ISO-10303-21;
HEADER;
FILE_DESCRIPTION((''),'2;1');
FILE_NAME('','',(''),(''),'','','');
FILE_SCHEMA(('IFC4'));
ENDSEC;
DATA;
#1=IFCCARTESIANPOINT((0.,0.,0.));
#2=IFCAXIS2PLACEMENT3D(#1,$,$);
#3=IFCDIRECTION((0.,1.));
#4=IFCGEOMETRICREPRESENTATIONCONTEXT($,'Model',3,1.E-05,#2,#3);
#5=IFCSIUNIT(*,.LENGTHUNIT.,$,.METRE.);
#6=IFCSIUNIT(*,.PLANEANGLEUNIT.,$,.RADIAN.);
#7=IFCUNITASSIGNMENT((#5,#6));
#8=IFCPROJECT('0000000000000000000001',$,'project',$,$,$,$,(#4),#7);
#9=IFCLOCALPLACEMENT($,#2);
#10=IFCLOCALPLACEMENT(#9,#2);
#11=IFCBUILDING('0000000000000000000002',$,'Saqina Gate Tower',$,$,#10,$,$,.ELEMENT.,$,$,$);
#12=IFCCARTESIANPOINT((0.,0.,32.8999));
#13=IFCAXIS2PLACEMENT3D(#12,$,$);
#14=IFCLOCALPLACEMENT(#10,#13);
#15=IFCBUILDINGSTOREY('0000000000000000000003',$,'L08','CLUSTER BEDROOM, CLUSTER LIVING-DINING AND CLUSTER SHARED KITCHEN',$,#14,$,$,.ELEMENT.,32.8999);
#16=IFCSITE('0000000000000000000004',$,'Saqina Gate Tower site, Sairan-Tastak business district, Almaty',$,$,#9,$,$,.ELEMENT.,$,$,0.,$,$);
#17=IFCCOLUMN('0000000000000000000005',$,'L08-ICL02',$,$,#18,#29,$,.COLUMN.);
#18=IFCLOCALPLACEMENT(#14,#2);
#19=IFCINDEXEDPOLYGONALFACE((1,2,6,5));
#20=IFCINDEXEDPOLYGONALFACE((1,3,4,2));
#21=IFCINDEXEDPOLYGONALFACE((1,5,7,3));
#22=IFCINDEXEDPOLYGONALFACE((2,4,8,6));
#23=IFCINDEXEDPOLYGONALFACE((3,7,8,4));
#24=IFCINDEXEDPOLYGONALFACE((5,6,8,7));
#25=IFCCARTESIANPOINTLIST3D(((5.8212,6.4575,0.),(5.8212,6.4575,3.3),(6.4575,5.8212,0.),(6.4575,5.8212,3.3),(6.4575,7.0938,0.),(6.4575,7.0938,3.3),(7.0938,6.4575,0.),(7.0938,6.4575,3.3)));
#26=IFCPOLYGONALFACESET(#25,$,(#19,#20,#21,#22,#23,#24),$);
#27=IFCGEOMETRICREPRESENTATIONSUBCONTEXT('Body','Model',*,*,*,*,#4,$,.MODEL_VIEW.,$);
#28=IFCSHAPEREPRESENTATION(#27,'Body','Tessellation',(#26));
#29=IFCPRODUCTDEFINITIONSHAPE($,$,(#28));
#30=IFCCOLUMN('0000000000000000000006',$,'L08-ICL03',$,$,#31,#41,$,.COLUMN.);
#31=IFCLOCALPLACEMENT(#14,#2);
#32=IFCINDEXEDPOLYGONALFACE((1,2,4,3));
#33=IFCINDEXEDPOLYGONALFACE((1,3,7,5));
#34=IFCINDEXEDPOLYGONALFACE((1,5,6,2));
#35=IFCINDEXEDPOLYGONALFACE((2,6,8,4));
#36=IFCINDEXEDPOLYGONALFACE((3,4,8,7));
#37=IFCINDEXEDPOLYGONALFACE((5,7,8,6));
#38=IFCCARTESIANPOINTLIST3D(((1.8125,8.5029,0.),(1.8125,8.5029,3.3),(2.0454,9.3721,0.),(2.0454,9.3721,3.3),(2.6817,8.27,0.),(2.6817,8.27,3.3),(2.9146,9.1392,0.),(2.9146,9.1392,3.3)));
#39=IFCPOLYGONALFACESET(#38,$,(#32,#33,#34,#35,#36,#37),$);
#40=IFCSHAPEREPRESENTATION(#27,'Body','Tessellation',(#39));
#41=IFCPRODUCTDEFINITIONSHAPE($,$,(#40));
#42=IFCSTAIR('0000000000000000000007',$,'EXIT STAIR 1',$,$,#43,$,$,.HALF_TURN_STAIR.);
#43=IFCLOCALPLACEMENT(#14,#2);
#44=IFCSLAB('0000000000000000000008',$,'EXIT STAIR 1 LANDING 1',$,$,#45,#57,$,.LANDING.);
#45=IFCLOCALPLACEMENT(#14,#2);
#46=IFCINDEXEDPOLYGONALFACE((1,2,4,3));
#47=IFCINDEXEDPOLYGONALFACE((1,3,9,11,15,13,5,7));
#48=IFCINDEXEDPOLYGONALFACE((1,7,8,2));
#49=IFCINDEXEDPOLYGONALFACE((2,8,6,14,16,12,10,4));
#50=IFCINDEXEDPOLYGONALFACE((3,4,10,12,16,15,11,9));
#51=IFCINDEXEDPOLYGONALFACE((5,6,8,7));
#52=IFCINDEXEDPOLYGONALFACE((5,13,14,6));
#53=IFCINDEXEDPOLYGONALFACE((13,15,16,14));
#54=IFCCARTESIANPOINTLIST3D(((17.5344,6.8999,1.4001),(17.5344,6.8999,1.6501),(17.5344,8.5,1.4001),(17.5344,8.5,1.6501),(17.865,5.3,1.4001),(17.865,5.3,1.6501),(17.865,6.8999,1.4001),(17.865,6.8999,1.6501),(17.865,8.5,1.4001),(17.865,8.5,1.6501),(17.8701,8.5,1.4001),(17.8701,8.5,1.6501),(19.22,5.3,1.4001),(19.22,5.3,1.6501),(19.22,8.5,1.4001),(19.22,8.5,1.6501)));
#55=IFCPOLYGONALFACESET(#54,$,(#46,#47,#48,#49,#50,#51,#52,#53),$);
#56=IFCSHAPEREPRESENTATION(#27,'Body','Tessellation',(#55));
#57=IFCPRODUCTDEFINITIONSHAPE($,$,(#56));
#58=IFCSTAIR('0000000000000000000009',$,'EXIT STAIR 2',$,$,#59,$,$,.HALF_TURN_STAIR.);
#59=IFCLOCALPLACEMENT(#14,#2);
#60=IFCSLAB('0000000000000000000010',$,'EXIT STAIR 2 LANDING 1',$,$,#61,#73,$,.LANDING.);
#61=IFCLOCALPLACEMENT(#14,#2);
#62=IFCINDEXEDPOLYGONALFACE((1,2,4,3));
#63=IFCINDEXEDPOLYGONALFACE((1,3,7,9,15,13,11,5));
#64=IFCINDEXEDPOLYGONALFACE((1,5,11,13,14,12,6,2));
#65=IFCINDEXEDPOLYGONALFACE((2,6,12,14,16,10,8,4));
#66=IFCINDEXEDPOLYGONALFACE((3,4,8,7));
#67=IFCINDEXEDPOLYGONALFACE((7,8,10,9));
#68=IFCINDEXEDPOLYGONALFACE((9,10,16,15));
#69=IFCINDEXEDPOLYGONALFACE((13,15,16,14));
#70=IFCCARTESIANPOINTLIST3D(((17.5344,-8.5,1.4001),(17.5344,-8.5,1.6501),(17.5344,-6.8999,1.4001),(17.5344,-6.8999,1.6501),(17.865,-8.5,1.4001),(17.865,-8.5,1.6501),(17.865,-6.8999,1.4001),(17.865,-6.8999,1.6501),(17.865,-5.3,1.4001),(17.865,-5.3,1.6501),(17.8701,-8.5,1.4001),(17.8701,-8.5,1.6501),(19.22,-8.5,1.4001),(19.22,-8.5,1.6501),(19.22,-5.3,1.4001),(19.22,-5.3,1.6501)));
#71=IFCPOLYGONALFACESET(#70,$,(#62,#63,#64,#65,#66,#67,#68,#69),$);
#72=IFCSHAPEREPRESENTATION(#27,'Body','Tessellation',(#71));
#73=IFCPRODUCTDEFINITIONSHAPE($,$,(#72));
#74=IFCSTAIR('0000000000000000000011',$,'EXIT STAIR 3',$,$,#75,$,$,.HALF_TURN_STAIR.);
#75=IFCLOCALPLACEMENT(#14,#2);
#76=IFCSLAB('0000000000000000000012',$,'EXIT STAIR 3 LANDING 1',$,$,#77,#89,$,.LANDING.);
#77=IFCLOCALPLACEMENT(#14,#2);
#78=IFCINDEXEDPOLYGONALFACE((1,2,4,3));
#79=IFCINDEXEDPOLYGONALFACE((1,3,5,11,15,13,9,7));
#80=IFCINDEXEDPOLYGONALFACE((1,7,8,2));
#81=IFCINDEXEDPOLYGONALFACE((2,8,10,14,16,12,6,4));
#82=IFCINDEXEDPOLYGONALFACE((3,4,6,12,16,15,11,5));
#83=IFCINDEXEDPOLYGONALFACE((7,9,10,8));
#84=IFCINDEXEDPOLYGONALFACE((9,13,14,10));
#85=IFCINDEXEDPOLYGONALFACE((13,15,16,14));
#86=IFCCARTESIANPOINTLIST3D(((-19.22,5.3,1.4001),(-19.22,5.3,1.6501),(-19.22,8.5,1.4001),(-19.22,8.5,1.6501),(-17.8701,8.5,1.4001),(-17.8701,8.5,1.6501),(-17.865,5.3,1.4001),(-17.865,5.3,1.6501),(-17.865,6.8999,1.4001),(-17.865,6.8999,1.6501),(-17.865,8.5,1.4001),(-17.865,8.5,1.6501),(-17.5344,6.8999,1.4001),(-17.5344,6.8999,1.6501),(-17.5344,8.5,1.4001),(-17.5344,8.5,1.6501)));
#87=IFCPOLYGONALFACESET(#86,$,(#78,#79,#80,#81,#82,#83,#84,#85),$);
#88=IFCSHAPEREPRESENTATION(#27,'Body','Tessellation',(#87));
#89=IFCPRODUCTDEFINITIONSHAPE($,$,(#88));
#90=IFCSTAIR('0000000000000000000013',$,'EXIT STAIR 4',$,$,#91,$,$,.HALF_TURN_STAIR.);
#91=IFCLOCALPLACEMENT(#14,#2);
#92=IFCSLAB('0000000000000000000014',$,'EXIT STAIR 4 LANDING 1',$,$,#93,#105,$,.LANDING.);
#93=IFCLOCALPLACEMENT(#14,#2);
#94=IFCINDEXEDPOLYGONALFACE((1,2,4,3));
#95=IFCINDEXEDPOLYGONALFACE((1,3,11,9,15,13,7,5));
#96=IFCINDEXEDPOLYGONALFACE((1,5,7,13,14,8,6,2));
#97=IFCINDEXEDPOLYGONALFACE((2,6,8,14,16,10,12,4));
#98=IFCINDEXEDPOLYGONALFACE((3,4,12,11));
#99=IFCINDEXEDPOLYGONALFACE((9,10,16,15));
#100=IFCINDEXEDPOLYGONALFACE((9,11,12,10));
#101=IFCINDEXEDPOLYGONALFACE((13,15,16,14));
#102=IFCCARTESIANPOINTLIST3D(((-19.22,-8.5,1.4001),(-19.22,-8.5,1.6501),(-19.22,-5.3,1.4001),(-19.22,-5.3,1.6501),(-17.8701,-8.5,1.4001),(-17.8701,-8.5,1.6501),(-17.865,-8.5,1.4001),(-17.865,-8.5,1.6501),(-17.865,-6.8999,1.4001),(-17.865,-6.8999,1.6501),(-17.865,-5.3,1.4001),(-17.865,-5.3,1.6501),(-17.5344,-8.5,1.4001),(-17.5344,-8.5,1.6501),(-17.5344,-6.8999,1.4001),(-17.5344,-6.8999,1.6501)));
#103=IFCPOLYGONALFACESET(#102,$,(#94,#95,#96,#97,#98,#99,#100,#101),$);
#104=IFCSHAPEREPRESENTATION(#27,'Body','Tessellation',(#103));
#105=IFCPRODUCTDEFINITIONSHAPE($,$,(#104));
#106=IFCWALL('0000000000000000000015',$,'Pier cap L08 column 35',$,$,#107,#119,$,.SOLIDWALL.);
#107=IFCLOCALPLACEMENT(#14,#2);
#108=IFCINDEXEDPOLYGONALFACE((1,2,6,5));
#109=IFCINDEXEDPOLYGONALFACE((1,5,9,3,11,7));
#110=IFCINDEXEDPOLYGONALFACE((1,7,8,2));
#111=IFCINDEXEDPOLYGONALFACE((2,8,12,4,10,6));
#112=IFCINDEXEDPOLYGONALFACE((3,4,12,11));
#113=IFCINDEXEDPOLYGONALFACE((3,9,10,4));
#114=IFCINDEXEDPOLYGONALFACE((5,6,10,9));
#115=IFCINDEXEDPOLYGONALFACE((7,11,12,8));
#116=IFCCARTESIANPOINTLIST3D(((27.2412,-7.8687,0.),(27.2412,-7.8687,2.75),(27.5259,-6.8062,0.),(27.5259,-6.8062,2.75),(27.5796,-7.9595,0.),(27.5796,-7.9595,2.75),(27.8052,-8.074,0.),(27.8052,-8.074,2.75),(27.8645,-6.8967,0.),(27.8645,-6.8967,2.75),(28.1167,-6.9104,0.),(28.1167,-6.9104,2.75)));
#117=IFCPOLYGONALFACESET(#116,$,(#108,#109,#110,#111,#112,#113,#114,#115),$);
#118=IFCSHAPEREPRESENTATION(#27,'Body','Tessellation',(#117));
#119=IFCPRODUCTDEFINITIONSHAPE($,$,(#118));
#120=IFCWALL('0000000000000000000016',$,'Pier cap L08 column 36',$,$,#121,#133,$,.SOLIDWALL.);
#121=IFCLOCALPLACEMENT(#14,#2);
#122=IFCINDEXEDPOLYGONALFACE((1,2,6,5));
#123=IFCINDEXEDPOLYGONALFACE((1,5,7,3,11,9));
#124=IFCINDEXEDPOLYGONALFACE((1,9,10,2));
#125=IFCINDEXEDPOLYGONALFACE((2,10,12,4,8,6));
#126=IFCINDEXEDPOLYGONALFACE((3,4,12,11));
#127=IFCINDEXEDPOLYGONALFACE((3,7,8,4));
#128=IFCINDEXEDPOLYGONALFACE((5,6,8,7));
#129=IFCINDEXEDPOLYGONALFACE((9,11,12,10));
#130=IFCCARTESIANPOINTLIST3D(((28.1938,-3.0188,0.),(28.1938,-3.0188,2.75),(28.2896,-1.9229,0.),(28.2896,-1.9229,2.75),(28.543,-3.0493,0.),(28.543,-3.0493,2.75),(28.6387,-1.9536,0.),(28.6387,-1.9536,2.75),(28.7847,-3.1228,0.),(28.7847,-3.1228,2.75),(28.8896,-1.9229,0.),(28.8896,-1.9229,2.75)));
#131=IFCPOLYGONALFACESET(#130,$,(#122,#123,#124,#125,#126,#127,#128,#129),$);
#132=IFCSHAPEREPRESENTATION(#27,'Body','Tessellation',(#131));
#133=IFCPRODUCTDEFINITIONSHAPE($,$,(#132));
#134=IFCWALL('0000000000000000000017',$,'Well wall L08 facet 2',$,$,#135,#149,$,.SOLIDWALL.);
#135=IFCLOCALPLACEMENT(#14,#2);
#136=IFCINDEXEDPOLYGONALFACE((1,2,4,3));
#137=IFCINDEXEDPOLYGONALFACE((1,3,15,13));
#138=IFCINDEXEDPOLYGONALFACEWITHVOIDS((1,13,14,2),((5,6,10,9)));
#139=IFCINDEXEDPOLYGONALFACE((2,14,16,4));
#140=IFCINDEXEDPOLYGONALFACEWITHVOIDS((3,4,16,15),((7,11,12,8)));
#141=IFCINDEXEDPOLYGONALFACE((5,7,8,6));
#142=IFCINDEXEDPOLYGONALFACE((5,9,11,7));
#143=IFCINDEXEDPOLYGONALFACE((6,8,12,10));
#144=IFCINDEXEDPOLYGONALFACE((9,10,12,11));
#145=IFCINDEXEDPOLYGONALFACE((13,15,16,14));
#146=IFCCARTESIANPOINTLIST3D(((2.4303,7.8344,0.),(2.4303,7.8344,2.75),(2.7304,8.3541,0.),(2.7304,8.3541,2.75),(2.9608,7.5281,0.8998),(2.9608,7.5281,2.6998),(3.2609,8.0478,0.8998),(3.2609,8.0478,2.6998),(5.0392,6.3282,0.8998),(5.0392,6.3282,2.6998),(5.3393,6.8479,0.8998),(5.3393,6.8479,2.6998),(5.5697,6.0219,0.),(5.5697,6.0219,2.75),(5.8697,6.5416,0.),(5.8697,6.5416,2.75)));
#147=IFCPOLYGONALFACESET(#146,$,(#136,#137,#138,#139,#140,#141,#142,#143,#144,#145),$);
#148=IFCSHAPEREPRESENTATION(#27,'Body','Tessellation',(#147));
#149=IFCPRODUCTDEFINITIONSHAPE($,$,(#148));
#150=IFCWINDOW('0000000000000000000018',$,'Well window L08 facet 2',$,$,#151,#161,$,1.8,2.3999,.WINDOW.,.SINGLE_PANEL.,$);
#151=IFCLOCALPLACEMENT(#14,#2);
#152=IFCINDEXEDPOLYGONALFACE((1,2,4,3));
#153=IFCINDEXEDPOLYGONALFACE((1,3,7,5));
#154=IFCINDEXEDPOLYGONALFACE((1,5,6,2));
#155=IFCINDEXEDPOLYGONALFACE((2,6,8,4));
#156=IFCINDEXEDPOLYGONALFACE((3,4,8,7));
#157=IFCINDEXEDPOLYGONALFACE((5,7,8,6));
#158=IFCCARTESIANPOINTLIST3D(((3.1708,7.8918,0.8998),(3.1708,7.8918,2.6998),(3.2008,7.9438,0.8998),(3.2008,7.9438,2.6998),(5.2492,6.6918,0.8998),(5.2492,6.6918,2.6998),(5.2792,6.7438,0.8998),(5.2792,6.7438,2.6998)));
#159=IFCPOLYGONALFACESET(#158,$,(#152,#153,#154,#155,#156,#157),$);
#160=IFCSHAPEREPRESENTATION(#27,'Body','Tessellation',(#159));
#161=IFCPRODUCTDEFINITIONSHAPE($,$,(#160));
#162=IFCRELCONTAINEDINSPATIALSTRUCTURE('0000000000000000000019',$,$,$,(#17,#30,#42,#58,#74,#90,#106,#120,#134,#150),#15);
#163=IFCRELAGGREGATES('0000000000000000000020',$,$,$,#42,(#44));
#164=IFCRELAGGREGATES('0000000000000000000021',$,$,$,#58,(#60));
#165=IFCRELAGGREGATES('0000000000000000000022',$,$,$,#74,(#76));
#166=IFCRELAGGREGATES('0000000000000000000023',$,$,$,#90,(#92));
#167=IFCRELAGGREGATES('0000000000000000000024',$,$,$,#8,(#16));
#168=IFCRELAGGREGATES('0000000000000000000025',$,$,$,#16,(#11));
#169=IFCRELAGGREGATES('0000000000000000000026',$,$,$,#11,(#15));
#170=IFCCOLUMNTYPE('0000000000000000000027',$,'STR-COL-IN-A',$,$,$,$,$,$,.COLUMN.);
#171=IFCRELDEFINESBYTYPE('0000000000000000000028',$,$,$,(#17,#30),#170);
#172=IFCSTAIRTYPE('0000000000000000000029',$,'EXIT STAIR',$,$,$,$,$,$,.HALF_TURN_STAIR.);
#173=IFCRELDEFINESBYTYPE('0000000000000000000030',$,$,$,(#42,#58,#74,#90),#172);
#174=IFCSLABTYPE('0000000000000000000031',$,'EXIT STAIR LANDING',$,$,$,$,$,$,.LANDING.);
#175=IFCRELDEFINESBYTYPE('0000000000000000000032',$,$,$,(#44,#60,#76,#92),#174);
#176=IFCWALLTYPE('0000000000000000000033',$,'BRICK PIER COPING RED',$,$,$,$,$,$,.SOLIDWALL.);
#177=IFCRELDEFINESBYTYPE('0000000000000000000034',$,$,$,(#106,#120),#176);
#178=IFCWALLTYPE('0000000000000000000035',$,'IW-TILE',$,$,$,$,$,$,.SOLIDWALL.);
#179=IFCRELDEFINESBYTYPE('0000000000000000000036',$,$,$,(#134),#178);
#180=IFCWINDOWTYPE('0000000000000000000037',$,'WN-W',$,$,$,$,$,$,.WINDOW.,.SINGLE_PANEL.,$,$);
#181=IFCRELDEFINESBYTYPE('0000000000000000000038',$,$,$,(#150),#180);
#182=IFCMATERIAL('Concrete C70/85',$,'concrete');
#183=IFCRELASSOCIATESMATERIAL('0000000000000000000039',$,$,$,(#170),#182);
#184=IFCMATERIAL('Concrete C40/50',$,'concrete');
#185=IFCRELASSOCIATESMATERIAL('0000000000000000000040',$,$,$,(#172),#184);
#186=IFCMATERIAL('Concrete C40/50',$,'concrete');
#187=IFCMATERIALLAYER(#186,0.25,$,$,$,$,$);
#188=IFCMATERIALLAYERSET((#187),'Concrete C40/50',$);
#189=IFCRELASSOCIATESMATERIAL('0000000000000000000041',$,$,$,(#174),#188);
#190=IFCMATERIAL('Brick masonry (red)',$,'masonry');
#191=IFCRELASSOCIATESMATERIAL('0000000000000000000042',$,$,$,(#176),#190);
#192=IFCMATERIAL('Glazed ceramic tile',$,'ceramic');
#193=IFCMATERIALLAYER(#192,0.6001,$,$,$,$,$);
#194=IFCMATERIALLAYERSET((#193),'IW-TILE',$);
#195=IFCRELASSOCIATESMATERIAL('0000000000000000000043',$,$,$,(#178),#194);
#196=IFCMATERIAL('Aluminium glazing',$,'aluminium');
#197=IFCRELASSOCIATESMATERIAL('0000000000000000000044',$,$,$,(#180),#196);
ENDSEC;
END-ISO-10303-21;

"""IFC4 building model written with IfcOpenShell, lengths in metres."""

from ifc_helpers import new_model, si_unit, direction, frame, frame_2d, origin, origin_2d, place, context, subcontext, project, spatial, polyline, rectangle, outline, extrude, material, layer, layer_set, material_profile, profile_set, type_object, element, fill, aggregate, save


model = new_model("IFC4")

# Units and contexts
model_context = context("Model", 3, precision=1e-05, world=origin(), true_north=direction((0.0, 1.0)))
body_context = subcontext(model_context, "Body", "Model", "MODEL_VIEW")
ifc_project = project(units=[si_unit("LENGTHUNIT", "METRE"), si_unit("PLANEANGLEUNIT", "RADIAN")], contexts=[model_context])

# Site, building, storey
site_placement = place(None, origin())
site = spatial("IfcSite", under=ifc_project, at=site_placement, Name="Saqina Gate Tower site, Sairan-Tastak business district, Almaty", CompositionType="ELEMENT", RefElevation=0.0)
building_placement = place(site_placement, origin())
building = spatial("IfcBuilding", under=site, at=building_placement, Name="Saqina Gate Tower", CompositionType="ELEMENT")
storey_placement = place(building_placement, frame((0.0, 0.0, 32.8999)))
storey = spatial("IfcBuildingStorey", under=building, at=storey_placement, Name="L08", Description="CLUSTER BEDROOM, CLUSTER LIVING-DINING AND CLUSTER SHARED KITCHEN", CompositionType="ELEMENT", Elevation=32.8999)

# Columns
ifc_material_1 = material(Name="Concrete C70/85", Category="concrete")
ifc_material_profile = material_profile(ifc_material_1, rectangle(XDim=0.8999, YDim=0.8999, at=origin_2d()), Name="RC 900x900")
ifc_profile_set = profile_set([ifc_material_profile], Name="Concrete C70/85")
column_type = type_object("IfcColumnType", Name="STR-COL-IN-A", PredefinedType="COLUMN", material=ifc_profile_set)
for number, where, z_axis, x_axis, name in (
    (1, (6.4575, 6.4575, 0.0), (0.0, 0.0, 1.0), (0.707107, 0.707107, 0.0), "L08-ICL02"),
    (2, (2.3635, 8.821, 0.0), (0.0, 0.0, 1.0), (0.258819, 0.965926, 0.0), "L08-ICL03"),
):
    element("IfcColumn", number, at=place(storey_placement, frame(where, z_axis=z_axis, x_axis=x_axis)), inside=storey, type_object=column_type, Name=name, PredefinedType="COLUMN", context=body_context, shape_type="SweptSolid", body=[
        extrude(rectangle(XDim=0.8999, YDim=0.8999, at=origin_2d()), origin(), (0.0, 0.0, 1.0), 3.3),
    ])

# Stairs, slabs
ifc_material_2 = material(Name="Concrete C40/50", Category="concrete")
stair_type = type_object("IfcStairType", Name="EXIT STAIR", PredefinedType="HALF_TURN_STAIR", material=ifc_material_2)
stair_1_placement = place(storey_placement, origin())
stair_1 = element("IfcStair", 3, at=stair_1_placement, inside=storey, type_object=stair_type, Name="EXIT STAIR 1", PredefinedType="HALF_TURN_STAIR")
ifc_material_3 = material(Name="Concrete C40/50", Category="concrete")
ifc_layer_1 = layer(ifc_material_3, 0.25)
ifc_layer_set_1 = layer_set([ifc_layer_1], Name="Concrete C40/50")
slab_type = type_object("IfcSlabType", Name="EXIT STAIR LANDING", PredefinedType="LANDING", material=ifc_layer_set_1)
slab_1_placement = place(storey_placement, frame((0.0, 0.0, 1.4001)))
slab_1 = element("IfcSlab", 4, at=slab_1_placement, type_object=slab_type, Name="EXIT STAIR 1 LANDING 1", PredefinedType="LANDING", context=body_context, shape_type="SweptSolid", body=[
    extrude(outline(polyline([(19.22, 8.5), (19.22, 5.3), (17.865, 5.3), (17.865, 6.8999), (17.5344, 6.8999), (17.5344, 8.5), (17.865, 8.5), (17.8701, 8.5), (19.22, 8.5)])), origin(), (0.0, 0.0, 1.0), 0.25),
])
aggregate(stair_1, [slab_1])
stair_2_placement = place(storey_placement, origin())
stair_2 = element("IfcStair", 5, at=stair_2_placement, inside=storey, type_object=stair_type, Name="EXIT STAIR 2", PredefinedType="HALF_TURN_STAIR")
slab_2_placement = place(storey_placement, frame((0.0, 0.0, 1.4001)))
slab_2 = element("IfcSlab", 6, at=slab_2_placement, type_object=slab_type, Name="EXIT STAIR 2 LANDING 1", PredefinedType="LANDING", context=body_context, shape_type="SweptSolid", body=[
    extrude(outline(polyline([(17.5344, -8.5), (17.5344, -6.8999), (17.865, -6.8999), (17.865, -5.3), (19.22, -5.3), (19.22, -8.5), (17.8701, -8.5), (17.865, -8.5), (17.5344, -8.5)])), origin(), (0.0, 0.0, 1.0), 0.25),
])
aggregate(stair_2, [slab_2])
stair_3_placement = place(storey_placement, origin())
stair_3 = element("IfcStair", 7, at=stair_3_placement, inside=storey, type_object=stair_type, Name="EXIT STAIR 3", PredefinedType="HALF_TURN_STAIR")
slab_3_placement = place(storey_placement, frame((0.0, 0.0, 1.4001)))
slab_3 = element("IfcSlab", 8, at=slab_3_placement, type_object=slab_type, Name="EXIT STAIR 3 LANDING 1", PredefinedType="LANDING", context=body_context, shape_type="SweptSolid", body=[
    extrude(outline(polyline([(-17.865, 5.3), (-19.22, 5.3), (-19.22, 8.5), (-17.8701, 8.5), (-17.865, 8.5), (-17.5344, 8.5), (-17.5344, 6.8999), (-17.865, 6.8999), (-17.865, 5.3)])), origin(), (0.0, 0.0, 1.0), 0.25),
])
aggregate(stair_3, [slab_3])
stair_4_placement = place(storey_placement, origin())
stair_4 = element("IfcStair", 9, at=stair_4_placement, inside=storey, type_object=stair_type, Name="EXIT STAIR 4", PredefinedType="HALF_TURN_STAIR")
slab_4_placement = place(storey_placement, frame((0.0, 0.0, 1.4001)))
slab_4 = element("IfcSlab", 10, at=slab_4_placement, type_object=slab_type, Name="EXIT STAIR 4 LANDING 1", PredefinedType="LANDING", context=body_context, shape_type="SweptSolid", body=[
    extrude(outline(polyline([(-17.5344, -6.8999), (-17.5344, -8.5), (-17.865, -8.5), (-17.8701, -8.5), (-19.22, -8.5), (-19.22, -5.3), (-17.865, -5.3), (-17.865, -6.8999), (-17.5344, -6.8999)])), origin(), (0.0, 0.0, 1.0), 0.25),
])
aggregate(stair_4, [slab_4])

# Walls
ifc_material_4 = material(Name="Brick masonry (red)", Category="masonry")
wall_type_1 = type_object("IfcWallType", Name="BRICK PIER COPING RED", PredefinedType="SOLIDWALL", material=ifc_material_4)
wall_1_placement = place(storey_placement, origin())
element("IfcWall", 11, at=wall_1_placement, inside=storey, type_object=wall_type_1, Name="Pier cap L08 column 35", PredefinedType="SOLIDWALL", context=body_context, shape_type="SweptSolid", body=[
    extrude(outline(polyline([(28.1167, -6.9104), (27.5259, -6.8062), (27.8645, -6.8967), (27.5796, -7.9595), (27.2412, -7.8687), (27.8052, -8.074), (28.1167, -6.9104)])), origin(), (0.0, 0.0, 1.0), 2.75),
])
wall_2_placement = place(storey_placement, origin())
element("IfcWall", 12, at=wall_2_placement, inside=storey, type_object=wall_type_1, Name="Pier cap L08 column 36", PredefinedType="SOLIDWALL", context=body_context, shape_type="SweptSolid", body=[
    extrude(outline(polyline([(28.7847, -3.1228), (28.8896, -1.9229), (28.2896, -1.9229), (28.6387, -1.9536), (28.543, -3.0493), (28.1938, -3.0188), (28.7847, -3.1228)])), origin(), (0.0, 0.0, 1.0), 2.75),
])

# Wall, opening, window
ifc_material_5 = material(Name="Glazed ceramic tile", Category="ceramic")
ifc_layer_2 = layer(ifc_material_5, 0.6001)
ifc_layer_set_2 = layer_set([ifc_layer_2], Name="IW-TILE")
wall_type_2 = type_object("IfcWallType", Name="IW-TILE", PredefinedType="SOLIDWALL", material=ifc_layer_set_2)
wall_3_placement = place(storey_placement, frame((5.7197, 6.2817, 0.0), z_axis=(0.0, 0.0, 1.0), x_axis=(-0.86603, 0.499993, 0.0)))
wall_3 = element("IfcWall", 13, at=wall_3_placement, inside=storey, type_object=wall_type_2, Name="Well wall L08 facet 2", PredefinedType="SOLIDWALL", context=body_context, shape_type="SweptSolid", body=[
    extrude(rectangle(XDim=3.625, YDim=0.6001, at=frame_2d((1.8125, 0.0))), origin(), (0.0, 0.0, 1.0), 2.75),
])
opening_1_placement = place(wall_3_placement, frame((0.6125, 0.0, 0.8999)))
opening_1 = element("IfcOpeningElement", 14, at=opening_1_placement, cuts=wall_3, PredefinedType="OPENING", context=body_context, shape_type="SweptSolid", body=[
    extrude(rectangle(XDim=2.3999, YDim=1.8, at=frame_2d((1.2, 0.8999))), frame((0.0, 0.312, 0.0), z_axis=(0.0, -1.0, 0.0), x_axis=(1.0, 0.0, 0.0)), (0.0, 0.0, 1.0), 0.624),
])
ifc_material_6 = material(Name="Aluminium glazing", Category="aluminium")
window_type = type_object("IfcWindowType", Name="WN-W", PartitioningType="SINGLE_PANEL", PredefinedType="WINDOW", material=ifc_material_6)
window_1_placement = place(opening_1_placement, origin())
window_1 = element("IfcWindow", 15, at=window_1_placement, inside=storey, type_object=window_type, Name="Well window L08 facet 2", OverallHeight=1.8, OverallWidth=2.3999, PartitioningType="SINGLE_PANEL", PredefinedType="WINDOW", context=body_context, shape_type="SweptSolid", body=[
    extrude(rectangle(XDim=2.3999, YDim=1.8, at=frame_2d((1.2, 0.8999))), frame((0.0, -0.1199, 0.0), z_axis=(0.0, -1.0, 0.0), x_axis=(1.0, 0.0, 0.0)), (0.0, 0.0, 1.0), 0.0601),
])
fill(opening_1, window_1)

save(model, "model.ifc")
